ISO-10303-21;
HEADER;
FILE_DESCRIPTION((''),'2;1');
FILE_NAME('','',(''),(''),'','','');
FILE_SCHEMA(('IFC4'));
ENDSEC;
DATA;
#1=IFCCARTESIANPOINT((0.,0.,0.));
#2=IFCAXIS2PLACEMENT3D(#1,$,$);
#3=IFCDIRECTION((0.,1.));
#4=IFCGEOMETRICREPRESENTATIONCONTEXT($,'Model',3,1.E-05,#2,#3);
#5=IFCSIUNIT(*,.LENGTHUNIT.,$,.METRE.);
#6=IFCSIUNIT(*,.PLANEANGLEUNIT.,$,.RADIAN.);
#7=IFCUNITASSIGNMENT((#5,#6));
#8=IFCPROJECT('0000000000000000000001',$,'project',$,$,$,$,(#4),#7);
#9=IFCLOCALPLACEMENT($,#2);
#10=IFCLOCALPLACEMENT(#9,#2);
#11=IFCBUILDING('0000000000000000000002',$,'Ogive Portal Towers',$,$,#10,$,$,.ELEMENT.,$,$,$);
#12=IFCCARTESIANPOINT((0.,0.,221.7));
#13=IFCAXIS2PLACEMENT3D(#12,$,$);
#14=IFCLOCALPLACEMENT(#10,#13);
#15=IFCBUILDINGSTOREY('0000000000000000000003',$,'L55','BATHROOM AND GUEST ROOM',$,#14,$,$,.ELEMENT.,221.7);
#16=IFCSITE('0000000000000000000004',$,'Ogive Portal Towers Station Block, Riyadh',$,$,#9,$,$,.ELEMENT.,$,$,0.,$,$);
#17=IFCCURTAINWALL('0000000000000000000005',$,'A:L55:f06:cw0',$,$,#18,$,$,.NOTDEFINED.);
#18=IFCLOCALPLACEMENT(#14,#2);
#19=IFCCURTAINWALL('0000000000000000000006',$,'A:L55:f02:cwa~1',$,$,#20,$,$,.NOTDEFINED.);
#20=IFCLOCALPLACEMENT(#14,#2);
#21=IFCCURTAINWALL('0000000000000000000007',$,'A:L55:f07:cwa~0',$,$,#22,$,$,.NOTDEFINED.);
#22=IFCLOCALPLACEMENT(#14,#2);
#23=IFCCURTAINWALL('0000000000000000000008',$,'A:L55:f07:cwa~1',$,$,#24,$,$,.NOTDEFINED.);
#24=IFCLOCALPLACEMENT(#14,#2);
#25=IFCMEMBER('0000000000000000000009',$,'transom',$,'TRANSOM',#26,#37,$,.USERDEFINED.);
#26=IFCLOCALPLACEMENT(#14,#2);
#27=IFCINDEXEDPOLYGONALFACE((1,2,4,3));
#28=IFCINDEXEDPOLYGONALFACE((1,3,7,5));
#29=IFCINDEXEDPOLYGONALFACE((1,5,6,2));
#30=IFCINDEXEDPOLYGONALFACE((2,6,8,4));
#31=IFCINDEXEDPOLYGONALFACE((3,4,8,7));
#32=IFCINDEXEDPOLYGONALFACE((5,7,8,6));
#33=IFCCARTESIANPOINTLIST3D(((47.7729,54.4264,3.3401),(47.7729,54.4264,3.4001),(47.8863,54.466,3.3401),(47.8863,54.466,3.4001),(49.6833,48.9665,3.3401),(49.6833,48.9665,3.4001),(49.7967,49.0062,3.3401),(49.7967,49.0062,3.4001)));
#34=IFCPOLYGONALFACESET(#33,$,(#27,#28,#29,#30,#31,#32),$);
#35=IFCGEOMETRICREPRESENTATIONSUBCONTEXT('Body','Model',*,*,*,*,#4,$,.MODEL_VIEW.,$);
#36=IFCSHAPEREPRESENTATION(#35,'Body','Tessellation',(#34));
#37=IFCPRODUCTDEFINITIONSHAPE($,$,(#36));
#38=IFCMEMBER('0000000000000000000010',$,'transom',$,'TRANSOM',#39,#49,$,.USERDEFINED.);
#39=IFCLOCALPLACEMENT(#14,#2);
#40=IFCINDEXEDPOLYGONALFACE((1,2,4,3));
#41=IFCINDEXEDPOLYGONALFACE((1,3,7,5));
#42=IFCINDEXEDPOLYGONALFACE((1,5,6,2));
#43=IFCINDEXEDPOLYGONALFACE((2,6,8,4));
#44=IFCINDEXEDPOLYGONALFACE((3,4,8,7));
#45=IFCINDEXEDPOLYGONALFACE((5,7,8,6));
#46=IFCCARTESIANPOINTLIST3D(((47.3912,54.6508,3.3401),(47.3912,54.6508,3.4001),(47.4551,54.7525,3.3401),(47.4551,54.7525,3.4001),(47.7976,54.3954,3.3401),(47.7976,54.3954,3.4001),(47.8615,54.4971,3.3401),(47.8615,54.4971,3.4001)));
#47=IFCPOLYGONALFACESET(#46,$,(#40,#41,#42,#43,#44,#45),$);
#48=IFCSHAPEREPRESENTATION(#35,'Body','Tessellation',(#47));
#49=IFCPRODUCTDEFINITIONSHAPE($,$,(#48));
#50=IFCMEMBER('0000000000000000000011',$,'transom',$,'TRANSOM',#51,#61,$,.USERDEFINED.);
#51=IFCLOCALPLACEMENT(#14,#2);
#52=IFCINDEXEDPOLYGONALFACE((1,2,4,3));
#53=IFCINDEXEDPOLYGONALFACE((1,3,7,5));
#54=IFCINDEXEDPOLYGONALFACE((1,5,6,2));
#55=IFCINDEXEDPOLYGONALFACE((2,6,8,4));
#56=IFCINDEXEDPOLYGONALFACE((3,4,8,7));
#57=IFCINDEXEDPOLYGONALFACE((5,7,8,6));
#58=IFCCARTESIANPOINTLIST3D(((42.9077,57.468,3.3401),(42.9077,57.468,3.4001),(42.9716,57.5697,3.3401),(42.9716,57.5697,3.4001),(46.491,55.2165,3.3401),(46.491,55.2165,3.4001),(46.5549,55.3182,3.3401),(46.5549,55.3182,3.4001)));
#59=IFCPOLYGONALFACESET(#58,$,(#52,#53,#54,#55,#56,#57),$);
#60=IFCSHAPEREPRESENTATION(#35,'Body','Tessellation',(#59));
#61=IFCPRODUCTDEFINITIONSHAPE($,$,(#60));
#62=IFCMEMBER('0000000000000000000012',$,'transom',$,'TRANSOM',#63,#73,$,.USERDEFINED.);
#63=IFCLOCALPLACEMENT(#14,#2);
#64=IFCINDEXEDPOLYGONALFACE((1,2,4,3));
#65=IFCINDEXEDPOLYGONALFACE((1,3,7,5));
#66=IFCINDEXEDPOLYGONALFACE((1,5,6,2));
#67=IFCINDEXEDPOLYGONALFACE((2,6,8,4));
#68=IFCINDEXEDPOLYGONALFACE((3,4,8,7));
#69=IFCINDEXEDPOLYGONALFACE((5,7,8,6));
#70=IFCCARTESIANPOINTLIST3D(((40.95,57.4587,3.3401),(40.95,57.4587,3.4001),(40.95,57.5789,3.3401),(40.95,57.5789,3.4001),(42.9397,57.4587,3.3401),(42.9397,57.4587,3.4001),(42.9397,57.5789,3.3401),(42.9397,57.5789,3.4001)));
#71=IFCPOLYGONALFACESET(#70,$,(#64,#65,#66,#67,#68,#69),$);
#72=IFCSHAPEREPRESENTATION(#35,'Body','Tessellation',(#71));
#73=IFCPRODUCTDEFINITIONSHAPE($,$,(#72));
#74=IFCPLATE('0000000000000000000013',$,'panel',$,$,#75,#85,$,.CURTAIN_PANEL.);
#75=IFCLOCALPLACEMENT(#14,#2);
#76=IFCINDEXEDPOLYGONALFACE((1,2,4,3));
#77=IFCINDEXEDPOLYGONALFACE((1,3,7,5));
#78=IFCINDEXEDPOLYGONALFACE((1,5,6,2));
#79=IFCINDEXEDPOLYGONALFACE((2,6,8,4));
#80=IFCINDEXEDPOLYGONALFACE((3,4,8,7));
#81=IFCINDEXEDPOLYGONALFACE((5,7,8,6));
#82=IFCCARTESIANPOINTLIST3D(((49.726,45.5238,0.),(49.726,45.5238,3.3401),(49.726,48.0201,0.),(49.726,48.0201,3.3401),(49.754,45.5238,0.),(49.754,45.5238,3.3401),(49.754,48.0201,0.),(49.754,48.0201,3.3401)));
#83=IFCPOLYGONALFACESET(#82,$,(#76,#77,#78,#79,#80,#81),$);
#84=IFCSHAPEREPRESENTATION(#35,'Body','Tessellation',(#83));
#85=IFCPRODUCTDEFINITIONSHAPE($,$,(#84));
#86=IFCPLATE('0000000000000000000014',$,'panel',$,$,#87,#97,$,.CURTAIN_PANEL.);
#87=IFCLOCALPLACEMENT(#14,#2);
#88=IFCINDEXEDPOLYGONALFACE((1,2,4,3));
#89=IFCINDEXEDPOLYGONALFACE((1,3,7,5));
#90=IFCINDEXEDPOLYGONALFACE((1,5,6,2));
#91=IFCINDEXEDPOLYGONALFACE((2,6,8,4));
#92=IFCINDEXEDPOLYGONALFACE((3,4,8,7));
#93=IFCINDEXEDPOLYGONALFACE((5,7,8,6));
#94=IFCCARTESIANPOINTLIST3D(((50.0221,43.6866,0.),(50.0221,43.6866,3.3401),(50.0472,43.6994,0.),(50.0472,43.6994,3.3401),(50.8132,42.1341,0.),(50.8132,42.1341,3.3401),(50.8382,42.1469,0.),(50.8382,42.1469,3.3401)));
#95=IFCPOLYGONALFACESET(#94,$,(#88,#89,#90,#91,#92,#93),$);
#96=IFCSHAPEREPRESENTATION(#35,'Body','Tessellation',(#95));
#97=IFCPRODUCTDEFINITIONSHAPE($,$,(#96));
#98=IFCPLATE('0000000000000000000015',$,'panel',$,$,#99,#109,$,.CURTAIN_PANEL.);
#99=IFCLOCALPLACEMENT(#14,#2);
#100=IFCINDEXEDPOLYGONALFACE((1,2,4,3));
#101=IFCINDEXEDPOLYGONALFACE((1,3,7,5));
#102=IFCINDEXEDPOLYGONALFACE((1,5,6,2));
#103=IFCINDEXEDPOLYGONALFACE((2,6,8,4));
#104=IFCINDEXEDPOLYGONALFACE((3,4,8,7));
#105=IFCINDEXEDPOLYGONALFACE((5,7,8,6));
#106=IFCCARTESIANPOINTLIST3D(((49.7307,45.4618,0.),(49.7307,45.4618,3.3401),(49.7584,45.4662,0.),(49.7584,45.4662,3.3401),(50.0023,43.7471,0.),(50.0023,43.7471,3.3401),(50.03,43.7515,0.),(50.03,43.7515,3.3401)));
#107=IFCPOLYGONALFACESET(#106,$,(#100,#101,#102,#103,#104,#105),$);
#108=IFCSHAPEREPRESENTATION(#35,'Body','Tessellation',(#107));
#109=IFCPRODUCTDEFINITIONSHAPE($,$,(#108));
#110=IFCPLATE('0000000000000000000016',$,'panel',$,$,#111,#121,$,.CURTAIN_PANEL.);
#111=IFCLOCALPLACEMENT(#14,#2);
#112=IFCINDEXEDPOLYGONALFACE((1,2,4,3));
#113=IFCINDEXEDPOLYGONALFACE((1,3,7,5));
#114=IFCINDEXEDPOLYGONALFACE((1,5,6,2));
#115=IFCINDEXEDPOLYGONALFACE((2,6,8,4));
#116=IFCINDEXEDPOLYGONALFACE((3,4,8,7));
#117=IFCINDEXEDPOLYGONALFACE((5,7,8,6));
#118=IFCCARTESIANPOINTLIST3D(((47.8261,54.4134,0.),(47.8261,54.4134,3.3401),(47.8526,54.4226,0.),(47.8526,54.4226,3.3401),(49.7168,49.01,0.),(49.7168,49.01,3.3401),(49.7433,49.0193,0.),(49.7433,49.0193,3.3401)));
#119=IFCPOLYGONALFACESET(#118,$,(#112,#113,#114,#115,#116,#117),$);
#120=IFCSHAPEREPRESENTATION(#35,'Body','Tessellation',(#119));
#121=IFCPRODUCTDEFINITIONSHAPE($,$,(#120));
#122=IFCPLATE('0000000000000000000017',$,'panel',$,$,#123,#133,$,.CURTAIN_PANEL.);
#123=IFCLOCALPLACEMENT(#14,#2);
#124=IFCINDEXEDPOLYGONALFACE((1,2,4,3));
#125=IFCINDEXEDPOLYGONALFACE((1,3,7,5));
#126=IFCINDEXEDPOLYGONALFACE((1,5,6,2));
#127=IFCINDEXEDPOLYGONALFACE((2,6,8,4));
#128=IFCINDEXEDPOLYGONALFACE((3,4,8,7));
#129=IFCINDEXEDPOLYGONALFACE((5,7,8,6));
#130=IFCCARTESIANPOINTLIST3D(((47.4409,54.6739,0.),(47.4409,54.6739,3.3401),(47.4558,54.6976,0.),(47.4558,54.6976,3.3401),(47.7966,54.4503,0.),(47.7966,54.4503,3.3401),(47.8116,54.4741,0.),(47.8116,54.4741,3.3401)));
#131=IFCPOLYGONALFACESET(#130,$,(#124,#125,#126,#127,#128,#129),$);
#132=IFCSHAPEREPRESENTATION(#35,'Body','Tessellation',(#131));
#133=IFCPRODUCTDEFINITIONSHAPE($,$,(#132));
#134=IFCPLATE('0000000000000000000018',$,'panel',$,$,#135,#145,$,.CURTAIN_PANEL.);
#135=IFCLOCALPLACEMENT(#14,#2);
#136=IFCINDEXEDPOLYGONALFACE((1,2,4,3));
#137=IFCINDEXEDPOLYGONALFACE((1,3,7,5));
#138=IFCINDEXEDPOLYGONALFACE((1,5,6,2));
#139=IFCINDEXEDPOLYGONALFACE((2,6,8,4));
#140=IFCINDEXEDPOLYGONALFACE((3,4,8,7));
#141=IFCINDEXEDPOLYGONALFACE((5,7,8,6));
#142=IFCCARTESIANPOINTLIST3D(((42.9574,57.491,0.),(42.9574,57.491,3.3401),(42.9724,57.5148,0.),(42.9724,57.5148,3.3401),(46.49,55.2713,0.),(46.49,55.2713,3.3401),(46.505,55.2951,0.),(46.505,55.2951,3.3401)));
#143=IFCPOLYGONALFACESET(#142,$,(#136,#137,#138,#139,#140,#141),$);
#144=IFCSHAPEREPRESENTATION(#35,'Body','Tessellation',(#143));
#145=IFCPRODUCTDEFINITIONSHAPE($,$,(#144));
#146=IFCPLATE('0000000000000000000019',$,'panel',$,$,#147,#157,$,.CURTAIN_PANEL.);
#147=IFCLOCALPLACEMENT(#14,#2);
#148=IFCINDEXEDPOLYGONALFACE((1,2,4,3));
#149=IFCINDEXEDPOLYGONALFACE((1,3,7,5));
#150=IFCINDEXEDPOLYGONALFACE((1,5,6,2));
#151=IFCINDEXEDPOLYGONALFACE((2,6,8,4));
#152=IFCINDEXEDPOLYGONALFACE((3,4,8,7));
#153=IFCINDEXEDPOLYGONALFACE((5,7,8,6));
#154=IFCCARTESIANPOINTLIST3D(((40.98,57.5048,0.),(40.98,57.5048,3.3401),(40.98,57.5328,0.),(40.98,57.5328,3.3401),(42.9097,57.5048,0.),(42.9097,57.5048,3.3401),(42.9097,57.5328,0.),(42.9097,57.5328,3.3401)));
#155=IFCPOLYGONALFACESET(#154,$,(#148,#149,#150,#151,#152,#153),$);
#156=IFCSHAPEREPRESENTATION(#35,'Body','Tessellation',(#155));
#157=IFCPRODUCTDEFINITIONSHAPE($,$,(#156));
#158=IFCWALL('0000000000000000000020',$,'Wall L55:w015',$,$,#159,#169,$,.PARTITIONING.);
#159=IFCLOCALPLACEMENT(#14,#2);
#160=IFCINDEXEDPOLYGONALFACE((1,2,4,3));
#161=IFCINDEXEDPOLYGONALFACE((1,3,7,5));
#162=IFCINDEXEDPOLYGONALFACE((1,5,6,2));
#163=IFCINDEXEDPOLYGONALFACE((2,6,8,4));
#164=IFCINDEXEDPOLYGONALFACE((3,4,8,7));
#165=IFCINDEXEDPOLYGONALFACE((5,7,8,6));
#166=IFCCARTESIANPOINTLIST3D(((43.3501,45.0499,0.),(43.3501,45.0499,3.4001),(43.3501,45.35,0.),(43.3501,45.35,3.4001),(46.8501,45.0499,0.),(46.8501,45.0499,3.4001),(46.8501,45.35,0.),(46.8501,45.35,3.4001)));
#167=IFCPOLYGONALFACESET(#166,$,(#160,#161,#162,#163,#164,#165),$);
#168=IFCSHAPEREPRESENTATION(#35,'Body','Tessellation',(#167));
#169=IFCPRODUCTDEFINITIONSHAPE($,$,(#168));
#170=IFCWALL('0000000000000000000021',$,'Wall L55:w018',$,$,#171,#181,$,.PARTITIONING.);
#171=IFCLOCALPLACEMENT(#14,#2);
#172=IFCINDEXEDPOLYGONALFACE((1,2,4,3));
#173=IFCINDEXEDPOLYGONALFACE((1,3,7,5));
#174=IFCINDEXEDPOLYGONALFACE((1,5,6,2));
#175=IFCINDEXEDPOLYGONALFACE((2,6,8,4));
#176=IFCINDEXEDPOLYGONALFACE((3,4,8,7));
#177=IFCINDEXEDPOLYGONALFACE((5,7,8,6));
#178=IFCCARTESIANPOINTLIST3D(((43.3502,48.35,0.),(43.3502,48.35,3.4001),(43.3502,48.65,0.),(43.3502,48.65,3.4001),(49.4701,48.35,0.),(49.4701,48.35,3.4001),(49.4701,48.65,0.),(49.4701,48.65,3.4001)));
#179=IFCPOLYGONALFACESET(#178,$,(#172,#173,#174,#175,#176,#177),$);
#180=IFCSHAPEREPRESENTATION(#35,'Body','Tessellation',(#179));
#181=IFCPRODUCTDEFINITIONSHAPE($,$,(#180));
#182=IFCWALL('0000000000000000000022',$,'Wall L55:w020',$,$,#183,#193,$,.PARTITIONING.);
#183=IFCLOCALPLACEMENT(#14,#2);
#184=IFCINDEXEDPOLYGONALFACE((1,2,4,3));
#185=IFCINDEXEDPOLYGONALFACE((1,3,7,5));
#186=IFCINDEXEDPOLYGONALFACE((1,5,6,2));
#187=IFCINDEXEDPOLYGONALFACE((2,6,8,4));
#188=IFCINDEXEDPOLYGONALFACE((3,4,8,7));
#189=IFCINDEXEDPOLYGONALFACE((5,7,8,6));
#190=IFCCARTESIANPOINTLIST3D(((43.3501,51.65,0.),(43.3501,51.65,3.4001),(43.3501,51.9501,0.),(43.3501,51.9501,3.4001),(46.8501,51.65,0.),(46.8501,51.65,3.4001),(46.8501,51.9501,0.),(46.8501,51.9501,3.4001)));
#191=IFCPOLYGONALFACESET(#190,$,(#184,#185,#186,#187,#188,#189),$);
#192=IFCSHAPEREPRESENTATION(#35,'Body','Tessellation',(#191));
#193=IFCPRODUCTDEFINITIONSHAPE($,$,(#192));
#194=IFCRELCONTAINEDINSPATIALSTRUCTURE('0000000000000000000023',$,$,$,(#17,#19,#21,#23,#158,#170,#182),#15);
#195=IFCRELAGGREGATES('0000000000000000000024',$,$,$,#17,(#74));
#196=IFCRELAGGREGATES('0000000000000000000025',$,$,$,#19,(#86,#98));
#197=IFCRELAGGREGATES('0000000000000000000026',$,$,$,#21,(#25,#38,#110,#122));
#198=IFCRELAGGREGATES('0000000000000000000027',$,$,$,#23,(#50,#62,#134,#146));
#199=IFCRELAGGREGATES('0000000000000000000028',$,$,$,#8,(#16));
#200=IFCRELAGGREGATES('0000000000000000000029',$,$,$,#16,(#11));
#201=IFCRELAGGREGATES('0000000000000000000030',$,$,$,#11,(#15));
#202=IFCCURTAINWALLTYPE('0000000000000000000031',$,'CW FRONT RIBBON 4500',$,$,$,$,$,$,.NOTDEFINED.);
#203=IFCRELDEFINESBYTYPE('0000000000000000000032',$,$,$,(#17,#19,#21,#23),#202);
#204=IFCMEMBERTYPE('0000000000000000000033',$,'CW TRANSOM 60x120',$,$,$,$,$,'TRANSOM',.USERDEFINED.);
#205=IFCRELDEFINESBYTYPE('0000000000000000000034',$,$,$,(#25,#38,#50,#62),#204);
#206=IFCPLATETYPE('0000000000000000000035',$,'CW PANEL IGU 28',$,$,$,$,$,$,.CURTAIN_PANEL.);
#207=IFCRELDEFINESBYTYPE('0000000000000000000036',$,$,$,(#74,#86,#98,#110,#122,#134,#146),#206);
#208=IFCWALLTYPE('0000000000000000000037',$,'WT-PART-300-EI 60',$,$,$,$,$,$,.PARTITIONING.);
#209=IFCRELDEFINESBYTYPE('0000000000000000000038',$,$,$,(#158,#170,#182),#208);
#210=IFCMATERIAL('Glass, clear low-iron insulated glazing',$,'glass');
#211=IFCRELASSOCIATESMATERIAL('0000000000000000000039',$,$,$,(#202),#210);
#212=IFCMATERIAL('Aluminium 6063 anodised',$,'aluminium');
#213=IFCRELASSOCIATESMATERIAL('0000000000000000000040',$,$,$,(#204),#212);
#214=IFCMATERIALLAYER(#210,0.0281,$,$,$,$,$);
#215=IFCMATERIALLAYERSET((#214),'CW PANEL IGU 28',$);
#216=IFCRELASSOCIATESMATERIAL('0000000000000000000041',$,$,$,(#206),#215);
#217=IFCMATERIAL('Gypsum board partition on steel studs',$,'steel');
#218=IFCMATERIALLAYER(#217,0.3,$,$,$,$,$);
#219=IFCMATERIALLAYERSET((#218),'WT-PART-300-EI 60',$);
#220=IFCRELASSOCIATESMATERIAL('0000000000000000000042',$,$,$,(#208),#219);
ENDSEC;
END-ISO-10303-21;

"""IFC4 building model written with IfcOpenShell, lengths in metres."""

from ifc_helpers import new_model, si_unit, direction, frame, frame_2d, origin, origin_2d, place, context, subcontext, project, spatial, rectangle, extrude, material, layer, layer_set, material_profile, profile_set, type_object, element, aggregate, save


model = new_model("IFC4")

# Units and contexts
model_context = context("Model", 3, precision=1e-05, world=origin(), true_north=direction((0.0, 1.0)))
body_context = subcontext(model_context, "Body", "Model", "MODEL_VIEW")
ifc_project = project(units=[si_unit("LENGTHUNIT", "METRE"), si_unit("PLANEANGLEUNIT", "RADIAN")], contexts=[model_context])

# Site, building, storey
site_placement = place(None, origin())
site = spatial("IfcSite", under=ifc_project, at=site_placement, Name="Ogive Portal Towers Station Block, Riyadh", CompositionType="ELEMENT", RefElevation=0.0)
building_placement = place(site_placement, origin())
building = spatial("IfcBuilding", under=site, at=building_placement, Name="Ogive Portal Towers", CompositionType="ELEMENT")
storey_placement = place(building_placement, frame((0.0, 0.0, 221.7)))
storey = spatial("IfcBuildingStorey", under=building, at=storey_placement, Name="L55", Description="BATHROOM AND GUEST ROOM", CompositionType="ELEMENT", Elevation=221.7)

# Curtain walls
ifc_material_1 = material(Name="Glass, clear low-iron insulated glazing", Category="glass")
curtain_wall_type = type_object("IfcCurtainWallType", Name="CW FRONT RIBBON 4500", PredefinedType="NOTDEFINED", material=ifc_material_1)
curtain_wall_1_placement = place(storey_placement, origin())
curtain_wall_1 = element("IfcCurtainWall", 1, at=curtain_wall_1_placement, inside=storey, type_object=curtain_wall_type, Name="A:L55:f06:cw0", PredefinedType="NOTDEFINED")
ifc_material_2 = material(Name="Aluminium 6063 anodised", Category="aluminium")
curtain_wall_2_placement = place(storey_placement, origin())
curtain_wall_2 = element("IfcCurtainWall", 2, at=curtain_wall_2_placement, inside=storey, type_object=curtain_wall_type, Name="A:L55:f02:cwa~1", PredefinedType="NOTDEFINED")
curtain_wall_3_placement = place(storey_placement, origin())
curtain_wall_3 = element("IfcCurtainWall", 3, at=curtain_wall_3_placement, inside=storey, type_object=curtain_wall_type, Name="A:L55:f07:cwa~0", PredefinedType="NOTDEFINED")
curtain_wall_4_placement = place(storey_placement, origin())
curtain_wall_4 = element("IfcCurtainWall", 4, at=curtain_wall_4_placement, inside=storey, type_object=curtain_wall_type, Name="A:L55:f07:cwa~1", PredefinedType="NOTDEFINED")

# Members
ifc_material_profile_1 = material_profile(ifc_material_2, rectangle(XDim=0.1201, YDim=0.0601, at=origin_2d()), Name="AL 120x60")
ifc_profile_set_1 = profile_set([ifc_material_profile_1], Name="Aluminium 6063 anodised")
member_type_1 = type_object("IfcMemberType", Name="CW TRANSOM 60x120", ElementType="TRANSOM", PredefinedType="USERDEFINED", material=ifc_profile_set_1)
member_1_placement = place(storey_placement, frame((49.74, 48.9863, 3.3701), z_axis=(-0.33026, 0.94389, 0.0), x_axis=(-0.94389, -0.33026, 0.0)))
member_1 = element("IfcMember", 5, at=member_1_placement, type_object=member_type_1, Name="transom", ObjectType="TRANSOM", PredefinedType="USERDEFINED", context=body_context, shape_type="SweptSolid", body=[
    extrude(rectangle(XDim=0.1201, YDim=0.0601, at=origin_2d()), origin(), (0.0, 0.0, 1.0), 5.7844),
])
member_2_placement = place(storey_placement, frame((47.8296, 54.4463, 3.3701), z_axis=(-0.846767, 0.531963, 0.0), x_axis=(-0.531963, -0.846767, 0.0)))
member_2 = element("IfcMember", 6, at=member_2_placement, type_object=member_type_1, Name="transom", ObjectType="TRANSOM", PredefinedType="USERDEFINED", context=body_context, shape_type="SweptSolid", body=[
    extrude(rectangle(XDim=0.1201, YDim=0.0601, at=origin_2d()), origin(), (0.0, 0.0, 1.0), 0.48),
])
member_3_placement = place(storey_placement, frame((46.5229, 55.2673, 3.3701), z_axis=(-0.846729, 0.532025, 0.0), x_axis=(-0.532025, -0.846729, 0.0)))
member_3 = element("IfcMember", 7, at=member_3_placement, type_object=member_type_1, Name="transom", ObjectType="TRANSOM", PredefinedType="USERDEFINED", context=body_context, shape_type="SweptSolid", body=[
    extrude(rectangle(XDim=0.1201, YDim=0.0601, at=origin_2d()), origin(), (0.0, 0.0, 1.0), 4.2319),
])
member_4_placement = place(storey_placement, frame((42.9397, 57.5188, 3.3701), z_axis=(-1.0, 0.0, 0.0), x_axis=(0.0, -1.0, 0.0)))
member_4 = element("IfcMember", 8, at=member_4_placement, type_object=member_type_1, Name="transom", ObjectType="TRANSOM", PredefinedType="USERDEFINED", context=body_context, shape_type="SweptSolid", body=[
    extrude(rectangle(XDim=0.1201, YDim=0.0601, at=origin_2d()), origin(), (0.0, 0.0, 1.0), 1.9897),
])

# Plates
ifc_layer_1 = layer(ifc_material_1, 0.0281)
ifc_layer_set_1 = layer_set([ifc_layer_1], Name="CW PANEL IGU 28")
plate_type = type_object("IfcPlateType", Name="CW PANEL IGU 28", PredefinedType="CURTAIN_PANEL", material=ifc_layer_set_1)
plate_1_placement = place(storey_placement, frame((49.74, 46.772, 0.0), z_axis=(0.0, 0.0, 1.0), x_axis=(0.0, 1.0, 0.0)))
plate_1 = element("IfcPlate", 9, at=plate_1_placement, type_object=plate_type, Name="panel", PredefinedType="CURTAIN_PANEL", context=body_context, shape_type="SweptSolid", body=[
    extrude(rectangle(XDim=2.4963, YDim=0.0281, at=origin_2d()), origin(), (0.0, 0.0, 1.0), 3.3401),
])
aggregate(curtain_wall_1, [plate_1])
plate_2_placement = place(storey_placement, frame((50.4302, 42.9167, 0.0), z_axis=(0.0, 0.0, 1.0), x_axis=(-0.45399, 0.891007, 0.0)))
plate_2 = element("IfcPlate", 10, at=plate_2_placement, type_object=plate_type, Name="panel", PredefinedType="CURTAIN_PANEL", context=body_context, shape_type="SweptSolid", body=[
    extrude(rectangle(XDim=1.7424, YDim=0.0281, at=origin_2d()), origin(), (0.0, 0.0, 1.0), 3.3401),
])
plate_3_placement = place(storey_placement, frame((49.8804, 44.6067, 0.0), z_axis=(0.0, 0.0, 1.0), x_axis=(-0.156434, 0.987688, 0.0)))
plate_3 = element("IfcPlate", 11, at=plate_3_placement, type_object=plate_type, Name="panel", PredefinedType="CURTAIN_PANEL", context=body_context, shape_type="SweptSolid", body=[
    extrude(rectangle(XDim=1.7361, YDim=0.0281, at=origin_2d()), origin(), (0.0, 0.0, 1.0), 3.3401),
])
aggregate(curtain_wall_2, [plate_2, plate_3])
plate_4_placement = place(storey_placement, frame((48.7847, 51.7163, 0.0), z_axis=(0.0, 0.0, 1.0), x_axis=(-0.330279, 0.943883, 0.0)))
plate_4 = element("IfcPlate", 12, at=plate_4_placement, type_object=plate_type, Name="panel", PredefinedType="CURTAIN_PANEL", context=body_context, shape_type="SweptSolid", body=[
    extrude(rectangle(XDim=5.7246, YDim=0.0281, at=origin_2d()), origin(), (0.0, 0.0, 1.0), 3.3401),
])
plate_5_placement = place(storey_placement, frame((47.6262, 54.574, 0.0), z_axis=(0.0, 0.0, 1.0), x_axis=(-0.846724, 0.532032, 0.0)))
plate_5 = element("IfcPlate", 13, at=plate_5_placement, type_object=plate_type, Name="panel", PredefinedType="CURTAIN_PANEL", context=body_context, shape_type="SweptSolid", body=[
    extrude(rectangle(XDim=0.4202, YDim=0.0281, at=origin_2d()), origin(), (0.0, 0.0, 1.0), 3.3401),
])
aggregate(curtain_wall_3, [member_1, member_2, plate_4, plate_5])
plate_6_placement = place(storey_placement, frame((44.7312, 56.3931, 0.0), z_axis=(0.0, 0.0, 1.0), x_axis=(-0.846724, 0.532032, 0.0)))
plate_6 = element("IfcPlate", 14, at=plate_6_placement, type_object=plate_type, Name="panel", PredefinedType="CURTAIN_PANEL", context=body_context, shape_type="SweptSolid", body=[
    extrude(rectangle(XDim=4.1721, YDim=0.0281, at=origin_2d()), origin(), (0.0, 0.0, 1.0), 3.3401),
])
plate_7_placement = place(storey_placement, frame((41.9448, 57.5188, 0.0), z_axis=(0.0, 0.0, 1.0), x_axis=(-1.0, 0.0, 0.0)))
plate_7 = element("IfcPlate", 15, at=plate_7_placement, type_object=plate_type, Name="panel", PredefinedType="CURTAIN_PANEL", context=body_context, shape_type="SweptSolid", body=[
    extrude(rectangle(XDim=1.9297, YDim=0.0281, at=origin_2d()), origin(), (0.0, 0.0, 1.0), 3.3401),
])
aggregate(curtain_wall_4, [member_3, member_4, plate_6, plate_7])

# Walls
ifc_material_3 = material(Name="Gypsum board partition on steel studs", Category="steel")
ifc_layer_2 = layer(ifc_material_3, 0.3)
ifc_layer_set_2 = layer_set([ifc_layer_2], Name="WT-PART-300-EI 60")
wall_type = type_object("IfcWallType", Name="WT-PART-300-EI 60", PredefinedType="PARTITIONING", material=ifc_layer_set_2)
wall_1_placement = place(storey_placement, frame((43.3501, 45.2, 0.0), z_axis=(0.0, 0.0, 1.0), x_axis=(1.0, 0.0, 0.0)))
element("IfcWall", 16, at=wall_1_placement, inside=storey, type_object=wall_type, Name="Wall L55:w015", PredefinedType="PARTITIONING", context=body_context, shape_type="SweptSolid", body=[
    extrude(rectangle(XDim=3.5, YDim=0.3, at=frame_2d((1.75, 0.0))), origin(), (0.0, 0.0, 1.0), 3.4001),
])
wall_2_placement = place(storey_placement, frame((43.3501, 48.5, 0.0), z_axis=(0.0, 0.0, 1.0), x_axis=(1.0, 0.0, 0.0)))
element("IfcWall", 17, at=wall_2_placement, inside=storey, type_object=wall_type, Name="Wall L55:w018", PredefinedType="PARTITIONING", context=body_context, shape_type="SweptSolid", body=[
    extrude(rectangle(XDim=6.1199, YDim=0.3, at=frame_2d((3.0601, 0.0))), origin(), (0.0, 0.0, 1.0), 3.4001),
])
wall_3_placement = place(storey_placement, frame((43.3501, 51.8, 0.0), z_axis=(0.0, 0.0, 1.0), x_axis=(1.0, 0.0, 0.0)))
element("IfcWall", 18, at=wall_3_placement, inside=storey, type_object=wall_type, Name="Wall L55:w020", PredefinedType="PARTITIONING", context=body_context, shape_type="SweptSolid", body=[
    extrude(rectangle(XDim=3.5, YDim=0.3, at=frame_2d((1.75, 0.0))), origin(), (0.0, 0.0, 1.0), 3.4001),
])

save(model, "model.ifc")
